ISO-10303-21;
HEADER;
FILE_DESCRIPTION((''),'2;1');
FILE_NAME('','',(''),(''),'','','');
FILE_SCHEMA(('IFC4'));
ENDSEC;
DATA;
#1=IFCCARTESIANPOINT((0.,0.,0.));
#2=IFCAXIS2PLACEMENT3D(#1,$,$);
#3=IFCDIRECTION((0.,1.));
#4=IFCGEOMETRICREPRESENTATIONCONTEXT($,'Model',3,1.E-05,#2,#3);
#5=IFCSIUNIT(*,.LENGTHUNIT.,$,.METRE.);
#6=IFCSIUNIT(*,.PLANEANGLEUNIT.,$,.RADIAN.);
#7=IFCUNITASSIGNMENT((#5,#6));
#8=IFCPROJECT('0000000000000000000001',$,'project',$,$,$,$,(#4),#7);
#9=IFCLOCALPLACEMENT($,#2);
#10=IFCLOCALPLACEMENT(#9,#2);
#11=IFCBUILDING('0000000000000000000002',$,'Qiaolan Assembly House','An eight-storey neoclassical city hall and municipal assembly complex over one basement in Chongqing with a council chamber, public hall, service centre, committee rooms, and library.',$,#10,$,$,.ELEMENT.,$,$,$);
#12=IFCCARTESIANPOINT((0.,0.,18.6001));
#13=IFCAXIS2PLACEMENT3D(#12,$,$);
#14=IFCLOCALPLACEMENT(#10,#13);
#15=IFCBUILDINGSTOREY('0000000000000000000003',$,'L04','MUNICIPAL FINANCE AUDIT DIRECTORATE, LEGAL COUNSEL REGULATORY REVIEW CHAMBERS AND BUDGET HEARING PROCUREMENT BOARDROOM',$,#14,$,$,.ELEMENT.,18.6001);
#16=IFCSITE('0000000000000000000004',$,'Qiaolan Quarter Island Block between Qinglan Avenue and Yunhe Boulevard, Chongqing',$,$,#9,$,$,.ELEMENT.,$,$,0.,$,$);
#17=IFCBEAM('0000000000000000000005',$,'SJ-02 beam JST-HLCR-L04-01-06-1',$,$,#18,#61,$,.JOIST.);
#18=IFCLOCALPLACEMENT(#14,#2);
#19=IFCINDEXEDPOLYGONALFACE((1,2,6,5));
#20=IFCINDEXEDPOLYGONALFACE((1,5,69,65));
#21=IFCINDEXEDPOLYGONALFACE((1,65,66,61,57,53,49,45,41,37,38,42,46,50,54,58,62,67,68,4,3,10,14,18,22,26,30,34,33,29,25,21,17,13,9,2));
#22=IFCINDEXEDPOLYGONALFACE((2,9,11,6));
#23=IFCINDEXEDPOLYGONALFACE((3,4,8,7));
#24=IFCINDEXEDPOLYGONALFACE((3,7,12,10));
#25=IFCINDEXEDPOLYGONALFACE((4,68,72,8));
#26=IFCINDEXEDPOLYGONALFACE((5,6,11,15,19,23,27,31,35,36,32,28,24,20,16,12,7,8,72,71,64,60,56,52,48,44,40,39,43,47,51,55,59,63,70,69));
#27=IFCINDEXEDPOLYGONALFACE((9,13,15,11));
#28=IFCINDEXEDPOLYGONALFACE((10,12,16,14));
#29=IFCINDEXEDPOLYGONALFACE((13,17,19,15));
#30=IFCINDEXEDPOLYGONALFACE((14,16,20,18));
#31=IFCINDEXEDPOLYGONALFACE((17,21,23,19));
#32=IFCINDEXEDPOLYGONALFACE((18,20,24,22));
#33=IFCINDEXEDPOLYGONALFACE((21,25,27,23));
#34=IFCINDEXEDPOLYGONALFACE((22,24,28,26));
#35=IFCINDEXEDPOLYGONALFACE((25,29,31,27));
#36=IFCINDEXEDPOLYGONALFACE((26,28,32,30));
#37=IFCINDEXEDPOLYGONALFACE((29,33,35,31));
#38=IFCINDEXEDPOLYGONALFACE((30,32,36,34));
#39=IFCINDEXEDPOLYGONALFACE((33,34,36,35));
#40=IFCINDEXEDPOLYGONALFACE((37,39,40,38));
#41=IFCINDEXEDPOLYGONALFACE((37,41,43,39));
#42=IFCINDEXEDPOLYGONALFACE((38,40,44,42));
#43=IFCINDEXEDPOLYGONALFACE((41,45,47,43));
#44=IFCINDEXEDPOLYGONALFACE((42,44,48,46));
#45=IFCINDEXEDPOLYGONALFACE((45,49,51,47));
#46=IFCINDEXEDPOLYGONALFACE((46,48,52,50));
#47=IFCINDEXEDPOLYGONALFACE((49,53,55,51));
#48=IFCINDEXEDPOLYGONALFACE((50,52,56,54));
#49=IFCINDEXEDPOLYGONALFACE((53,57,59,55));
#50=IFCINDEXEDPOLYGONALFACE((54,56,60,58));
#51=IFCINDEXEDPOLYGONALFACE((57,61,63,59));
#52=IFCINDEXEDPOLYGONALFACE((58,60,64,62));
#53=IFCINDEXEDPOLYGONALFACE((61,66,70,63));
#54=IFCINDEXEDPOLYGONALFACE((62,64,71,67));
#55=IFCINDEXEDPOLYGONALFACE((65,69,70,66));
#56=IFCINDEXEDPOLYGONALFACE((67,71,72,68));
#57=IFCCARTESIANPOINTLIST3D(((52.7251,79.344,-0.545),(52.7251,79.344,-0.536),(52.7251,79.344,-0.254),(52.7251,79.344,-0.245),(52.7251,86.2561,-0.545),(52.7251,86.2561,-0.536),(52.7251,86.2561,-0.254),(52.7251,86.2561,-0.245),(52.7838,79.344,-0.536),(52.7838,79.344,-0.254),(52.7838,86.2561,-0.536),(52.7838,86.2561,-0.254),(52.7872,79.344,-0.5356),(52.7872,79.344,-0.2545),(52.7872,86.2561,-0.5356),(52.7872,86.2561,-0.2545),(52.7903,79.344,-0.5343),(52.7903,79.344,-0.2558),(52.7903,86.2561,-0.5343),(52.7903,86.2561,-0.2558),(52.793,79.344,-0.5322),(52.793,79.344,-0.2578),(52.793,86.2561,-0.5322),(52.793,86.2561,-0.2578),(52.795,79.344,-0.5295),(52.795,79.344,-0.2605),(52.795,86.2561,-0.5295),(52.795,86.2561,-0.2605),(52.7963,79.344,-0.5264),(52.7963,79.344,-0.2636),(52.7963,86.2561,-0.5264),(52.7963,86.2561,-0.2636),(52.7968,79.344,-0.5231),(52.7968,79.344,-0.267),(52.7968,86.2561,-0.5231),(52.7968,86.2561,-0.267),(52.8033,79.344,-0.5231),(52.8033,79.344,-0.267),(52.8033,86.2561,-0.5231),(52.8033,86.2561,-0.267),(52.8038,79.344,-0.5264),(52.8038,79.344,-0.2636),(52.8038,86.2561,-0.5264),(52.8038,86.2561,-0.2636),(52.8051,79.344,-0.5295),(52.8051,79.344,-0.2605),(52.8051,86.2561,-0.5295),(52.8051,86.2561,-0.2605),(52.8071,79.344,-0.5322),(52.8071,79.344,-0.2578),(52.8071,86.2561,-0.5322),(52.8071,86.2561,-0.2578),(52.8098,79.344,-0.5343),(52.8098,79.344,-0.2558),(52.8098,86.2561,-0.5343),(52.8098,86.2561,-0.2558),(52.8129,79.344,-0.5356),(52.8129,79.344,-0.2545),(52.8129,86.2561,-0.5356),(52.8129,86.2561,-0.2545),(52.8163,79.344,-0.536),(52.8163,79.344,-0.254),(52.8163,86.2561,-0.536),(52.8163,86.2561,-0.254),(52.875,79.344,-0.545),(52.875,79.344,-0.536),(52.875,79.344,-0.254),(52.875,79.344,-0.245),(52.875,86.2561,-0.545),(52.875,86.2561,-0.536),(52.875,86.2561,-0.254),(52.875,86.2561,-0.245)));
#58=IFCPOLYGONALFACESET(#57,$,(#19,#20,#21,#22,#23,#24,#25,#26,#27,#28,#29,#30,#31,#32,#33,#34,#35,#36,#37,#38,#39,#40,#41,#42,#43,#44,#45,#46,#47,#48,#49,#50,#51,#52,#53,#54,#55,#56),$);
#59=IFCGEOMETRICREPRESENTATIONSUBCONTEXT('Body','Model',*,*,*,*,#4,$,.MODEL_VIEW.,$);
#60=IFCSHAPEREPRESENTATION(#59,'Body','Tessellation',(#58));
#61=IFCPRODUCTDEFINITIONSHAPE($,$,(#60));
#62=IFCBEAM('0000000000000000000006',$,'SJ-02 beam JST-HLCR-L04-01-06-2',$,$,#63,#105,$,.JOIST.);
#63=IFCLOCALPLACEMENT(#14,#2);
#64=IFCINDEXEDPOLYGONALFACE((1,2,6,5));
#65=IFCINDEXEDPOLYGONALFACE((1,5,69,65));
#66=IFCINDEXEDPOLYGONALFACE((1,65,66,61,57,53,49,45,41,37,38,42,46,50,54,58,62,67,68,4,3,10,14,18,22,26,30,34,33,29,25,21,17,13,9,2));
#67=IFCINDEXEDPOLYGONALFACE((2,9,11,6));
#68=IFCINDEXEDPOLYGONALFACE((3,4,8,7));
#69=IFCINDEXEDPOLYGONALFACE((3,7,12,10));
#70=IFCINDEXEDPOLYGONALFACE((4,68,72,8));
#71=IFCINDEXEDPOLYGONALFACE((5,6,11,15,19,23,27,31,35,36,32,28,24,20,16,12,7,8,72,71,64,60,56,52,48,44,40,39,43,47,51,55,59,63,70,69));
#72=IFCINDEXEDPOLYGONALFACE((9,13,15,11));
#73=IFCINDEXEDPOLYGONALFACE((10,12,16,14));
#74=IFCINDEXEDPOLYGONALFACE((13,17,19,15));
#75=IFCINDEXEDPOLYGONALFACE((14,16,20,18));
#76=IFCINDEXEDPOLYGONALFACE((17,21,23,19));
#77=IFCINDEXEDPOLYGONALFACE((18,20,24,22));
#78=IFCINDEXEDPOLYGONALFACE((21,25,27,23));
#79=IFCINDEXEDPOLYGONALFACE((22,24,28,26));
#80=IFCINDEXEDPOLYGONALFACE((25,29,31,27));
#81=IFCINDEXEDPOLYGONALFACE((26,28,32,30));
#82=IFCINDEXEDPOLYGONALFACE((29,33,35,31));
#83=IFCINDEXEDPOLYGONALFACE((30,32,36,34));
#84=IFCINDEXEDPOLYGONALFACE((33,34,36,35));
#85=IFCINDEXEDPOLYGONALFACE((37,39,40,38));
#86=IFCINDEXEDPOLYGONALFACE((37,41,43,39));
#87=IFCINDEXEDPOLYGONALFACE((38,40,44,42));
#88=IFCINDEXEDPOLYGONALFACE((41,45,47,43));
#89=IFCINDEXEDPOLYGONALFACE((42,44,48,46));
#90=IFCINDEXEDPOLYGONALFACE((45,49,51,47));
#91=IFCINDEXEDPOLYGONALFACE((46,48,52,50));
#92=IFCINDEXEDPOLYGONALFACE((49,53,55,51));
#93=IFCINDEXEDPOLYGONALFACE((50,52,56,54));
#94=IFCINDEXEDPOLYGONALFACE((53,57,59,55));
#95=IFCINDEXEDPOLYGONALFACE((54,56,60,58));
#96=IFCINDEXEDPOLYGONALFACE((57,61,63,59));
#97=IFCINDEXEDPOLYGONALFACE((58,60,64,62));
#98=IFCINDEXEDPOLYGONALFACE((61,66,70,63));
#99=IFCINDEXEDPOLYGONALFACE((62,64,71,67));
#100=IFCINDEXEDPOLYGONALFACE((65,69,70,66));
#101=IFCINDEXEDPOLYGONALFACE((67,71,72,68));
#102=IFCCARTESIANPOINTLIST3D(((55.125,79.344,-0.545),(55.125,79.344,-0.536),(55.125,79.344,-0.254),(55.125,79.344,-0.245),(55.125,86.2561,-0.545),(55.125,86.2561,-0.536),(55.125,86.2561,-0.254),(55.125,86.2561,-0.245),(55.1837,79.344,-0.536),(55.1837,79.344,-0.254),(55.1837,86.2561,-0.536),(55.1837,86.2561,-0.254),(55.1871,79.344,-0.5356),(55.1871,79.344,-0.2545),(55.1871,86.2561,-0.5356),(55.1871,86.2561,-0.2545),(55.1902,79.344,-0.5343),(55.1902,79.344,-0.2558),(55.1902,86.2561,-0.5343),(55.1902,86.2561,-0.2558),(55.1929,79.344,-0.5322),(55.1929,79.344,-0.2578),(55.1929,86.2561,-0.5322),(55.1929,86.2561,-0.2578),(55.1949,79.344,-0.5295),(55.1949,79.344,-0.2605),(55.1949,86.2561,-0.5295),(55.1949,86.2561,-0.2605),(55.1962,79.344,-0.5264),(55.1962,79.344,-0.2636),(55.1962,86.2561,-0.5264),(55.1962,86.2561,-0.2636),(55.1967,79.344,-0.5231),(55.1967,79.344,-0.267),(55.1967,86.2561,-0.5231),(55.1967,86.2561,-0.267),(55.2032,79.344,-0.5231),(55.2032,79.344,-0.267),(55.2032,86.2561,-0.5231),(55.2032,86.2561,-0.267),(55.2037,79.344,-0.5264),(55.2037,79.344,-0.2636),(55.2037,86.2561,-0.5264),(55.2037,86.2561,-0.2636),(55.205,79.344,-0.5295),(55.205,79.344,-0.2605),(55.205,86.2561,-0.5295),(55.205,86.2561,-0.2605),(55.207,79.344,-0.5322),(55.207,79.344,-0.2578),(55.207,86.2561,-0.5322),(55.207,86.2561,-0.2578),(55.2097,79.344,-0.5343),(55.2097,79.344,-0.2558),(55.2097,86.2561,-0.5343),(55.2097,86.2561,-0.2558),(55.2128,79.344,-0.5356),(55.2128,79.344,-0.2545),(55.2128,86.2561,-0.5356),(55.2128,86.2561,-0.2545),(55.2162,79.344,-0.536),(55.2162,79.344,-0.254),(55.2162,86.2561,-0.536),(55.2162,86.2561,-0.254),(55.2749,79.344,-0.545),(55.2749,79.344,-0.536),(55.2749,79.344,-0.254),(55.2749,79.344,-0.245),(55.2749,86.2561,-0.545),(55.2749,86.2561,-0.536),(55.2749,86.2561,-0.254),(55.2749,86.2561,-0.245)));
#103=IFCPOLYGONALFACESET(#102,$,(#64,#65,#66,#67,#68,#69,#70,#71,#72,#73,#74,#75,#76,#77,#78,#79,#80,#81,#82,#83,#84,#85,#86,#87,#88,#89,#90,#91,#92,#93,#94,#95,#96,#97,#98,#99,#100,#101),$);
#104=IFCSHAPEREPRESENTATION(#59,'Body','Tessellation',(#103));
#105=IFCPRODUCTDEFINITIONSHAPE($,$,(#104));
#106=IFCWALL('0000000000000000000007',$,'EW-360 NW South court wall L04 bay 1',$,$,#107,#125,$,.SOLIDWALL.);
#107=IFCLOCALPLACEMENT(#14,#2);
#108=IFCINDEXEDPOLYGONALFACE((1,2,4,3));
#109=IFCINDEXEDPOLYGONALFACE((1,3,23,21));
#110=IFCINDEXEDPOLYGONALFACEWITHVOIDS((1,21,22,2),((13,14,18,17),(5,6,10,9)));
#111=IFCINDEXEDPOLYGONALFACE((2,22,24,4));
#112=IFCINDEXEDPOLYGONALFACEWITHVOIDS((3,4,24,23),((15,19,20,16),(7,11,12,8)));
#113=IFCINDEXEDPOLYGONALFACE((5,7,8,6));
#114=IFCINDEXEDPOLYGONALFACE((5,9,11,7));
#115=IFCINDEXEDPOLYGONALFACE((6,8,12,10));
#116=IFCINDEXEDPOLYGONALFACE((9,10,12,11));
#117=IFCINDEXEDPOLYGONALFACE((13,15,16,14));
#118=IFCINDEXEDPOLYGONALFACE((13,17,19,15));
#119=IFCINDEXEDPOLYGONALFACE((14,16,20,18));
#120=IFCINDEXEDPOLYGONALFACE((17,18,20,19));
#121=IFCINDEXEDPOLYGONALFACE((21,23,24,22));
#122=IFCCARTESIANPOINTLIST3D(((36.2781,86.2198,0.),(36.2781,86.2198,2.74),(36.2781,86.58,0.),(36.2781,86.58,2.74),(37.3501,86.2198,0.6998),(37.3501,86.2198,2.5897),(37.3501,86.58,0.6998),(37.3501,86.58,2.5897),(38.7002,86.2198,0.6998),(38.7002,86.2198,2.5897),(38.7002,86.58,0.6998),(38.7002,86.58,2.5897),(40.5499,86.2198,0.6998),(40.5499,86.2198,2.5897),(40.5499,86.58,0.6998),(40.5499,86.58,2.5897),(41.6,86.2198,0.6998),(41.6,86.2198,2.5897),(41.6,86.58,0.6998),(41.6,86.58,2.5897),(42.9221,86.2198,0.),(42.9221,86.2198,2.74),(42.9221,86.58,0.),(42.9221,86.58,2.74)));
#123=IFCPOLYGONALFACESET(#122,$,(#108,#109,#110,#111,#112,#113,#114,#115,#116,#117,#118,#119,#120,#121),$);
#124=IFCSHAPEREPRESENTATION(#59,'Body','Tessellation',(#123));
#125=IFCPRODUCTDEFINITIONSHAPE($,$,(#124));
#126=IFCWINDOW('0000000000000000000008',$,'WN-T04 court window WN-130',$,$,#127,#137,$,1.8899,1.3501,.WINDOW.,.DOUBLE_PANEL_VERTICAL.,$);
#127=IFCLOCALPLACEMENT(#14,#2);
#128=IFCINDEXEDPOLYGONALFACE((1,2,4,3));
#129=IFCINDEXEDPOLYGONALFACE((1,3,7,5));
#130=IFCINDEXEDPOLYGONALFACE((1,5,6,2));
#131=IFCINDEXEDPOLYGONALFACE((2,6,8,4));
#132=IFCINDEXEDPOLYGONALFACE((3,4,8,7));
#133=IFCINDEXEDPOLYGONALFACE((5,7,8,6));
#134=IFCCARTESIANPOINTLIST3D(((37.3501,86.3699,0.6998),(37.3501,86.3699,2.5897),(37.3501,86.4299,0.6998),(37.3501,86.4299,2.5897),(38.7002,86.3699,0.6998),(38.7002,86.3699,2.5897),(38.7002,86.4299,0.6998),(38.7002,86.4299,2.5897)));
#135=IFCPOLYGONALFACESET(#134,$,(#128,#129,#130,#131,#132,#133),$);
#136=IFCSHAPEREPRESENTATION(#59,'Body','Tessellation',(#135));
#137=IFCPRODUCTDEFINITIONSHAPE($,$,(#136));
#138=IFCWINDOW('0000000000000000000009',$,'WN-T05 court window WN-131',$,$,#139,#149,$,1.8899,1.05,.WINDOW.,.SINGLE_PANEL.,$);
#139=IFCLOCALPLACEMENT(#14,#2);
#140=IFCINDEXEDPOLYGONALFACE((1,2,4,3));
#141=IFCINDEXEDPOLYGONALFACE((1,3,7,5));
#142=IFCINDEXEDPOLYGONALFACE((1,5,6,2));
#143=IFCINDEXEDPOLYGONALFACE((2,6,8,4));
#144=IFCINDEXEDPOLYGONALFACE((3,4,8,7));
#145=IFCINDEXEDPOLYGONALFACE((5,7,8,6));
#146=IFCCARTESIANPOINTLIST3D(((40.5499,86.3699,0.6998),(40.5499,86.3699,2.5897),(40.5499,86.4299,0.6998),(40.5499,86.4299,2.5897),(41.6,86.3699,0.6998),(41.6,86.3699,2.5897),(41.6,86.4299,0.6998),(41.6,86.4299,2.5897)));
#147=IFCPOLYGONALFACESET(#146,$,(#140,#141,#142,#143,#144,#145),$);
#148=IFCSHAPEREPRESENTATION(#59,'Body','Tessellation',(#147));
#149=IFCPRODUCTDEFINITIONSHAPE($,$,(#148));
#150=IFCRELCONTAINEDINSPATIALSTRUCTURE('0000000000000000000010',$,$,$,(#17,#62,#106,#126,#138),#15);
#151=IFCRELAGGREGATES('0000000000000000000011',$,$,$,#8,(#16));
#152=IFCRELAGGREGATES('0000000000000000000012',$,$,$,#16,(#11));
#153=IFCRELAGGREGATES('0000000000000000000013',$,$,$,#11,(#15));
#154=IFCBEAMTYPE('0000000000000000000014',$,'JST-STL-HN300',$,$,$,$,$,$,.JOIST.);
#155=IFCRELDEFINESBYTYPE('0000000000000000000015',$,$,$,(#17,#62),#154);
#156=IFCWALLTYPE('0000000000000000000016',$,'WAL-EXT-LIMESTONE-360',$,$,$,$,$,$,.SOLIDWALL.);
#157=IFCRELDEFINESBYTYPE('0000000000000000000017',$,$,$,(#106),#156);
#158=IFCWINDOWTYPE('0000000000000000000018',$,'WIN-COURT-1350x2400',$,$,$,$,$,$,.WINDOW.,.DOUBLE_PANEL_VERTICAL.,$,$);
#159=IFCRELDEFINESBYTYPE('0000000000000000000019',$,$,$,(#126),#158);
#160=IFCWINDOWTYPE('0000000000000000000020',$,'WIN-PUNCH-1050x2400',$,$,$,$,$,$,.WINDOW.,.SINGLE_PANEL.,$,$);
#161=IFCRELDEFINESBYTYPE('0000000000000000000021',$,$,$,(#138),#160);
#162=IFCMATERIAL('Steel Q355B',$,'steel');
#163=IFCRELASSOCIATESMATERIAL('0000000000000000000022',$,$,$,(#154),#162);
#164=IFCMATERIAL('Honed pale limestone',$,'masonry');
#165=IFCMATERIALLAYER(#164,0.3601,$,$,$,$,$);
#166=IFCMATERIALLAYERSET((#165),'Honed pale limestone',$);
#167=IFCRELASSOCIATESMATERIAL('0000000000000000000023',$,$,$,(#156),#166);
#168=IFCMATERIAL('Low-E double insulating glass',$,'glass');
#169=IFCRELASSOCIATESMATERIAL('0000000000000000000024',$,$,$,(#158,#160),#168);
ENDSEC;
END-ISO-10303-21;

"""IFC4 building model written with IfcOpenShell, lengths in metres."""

from ifc_helpers import new_model, si_unit, direction, frame, frame_2d, origin, origin_2d, place, context, subcontext, project, spatial, rectangle, i_section, extrude, material, layer, layer_set, material_profile, profile_set, type_object, element, fill, save


model = new_model("IFC4")

# Units and contexts
model_context = context("Model", 3, precision=1e-05, world=origin(), true_north=direction((0.0, 1.0)))
body_context = subcontext(model_context, "Body", "Model", "MODEL_VIEW")
ifc_project = project(units=[si_unit("LENGTHUNIT", "METRE"), si_unit("PLANEANGLEUNIT", "RADIAN")], contexts=[model_context])

# Site, building, storey
site_placement = place(None, origin())
site = spatial("IfcSite", under=ifc_project, at=site_placement, Name="Qiaolan Quarter Island Block between Qinglan Avenue and Yunhe Boulevard, Chongqing", CompositionType="ELEMENT", RefElevation=0.0)
building_placement = place(site_placement, origin())
building = spatial("IfcBuilding", under=site, at=building_placement, Name="Qiaolan Assembly House", Description="An eight-storey neoclassical city hall and municipal assembly complex over one basement in Chongqing with a council chamber, public hall, service centre, committee rooms, and library.", CompositionType="ELEMENT")
storey_placement = place(building_placement, frame((0.0, 0.0, 18.6001)))
storey = spatial("IfcBuildingStorey", under=building, at=storey_placement, Name="L04", Description="MUNICIPAL FINANCE AUDIT DIRECTORATE, LEGAL COUNSEL REGULATORY REVIEW CHAMBERS AND BUDGET HEARING PROCUREMENT BOARDROOM", CompositionType="ELEMENT", Elevation=18.6001)

# Beams
ifc_material_1 = material(Name="Steel Q355B", Category="steel")
ifc_material_profile_1 = material_profile(ifc_material_1, i_section(OverallWidth=0.1499, OverallDepth=0.3, WebThickness=0.0066, FlangeThickness=0.009, FilletRadius=0.0129, at=origin_2d()), Name="HN 300x150x6.5x9")
ifc_profile_set_1 = profile_set([ifc_material_profile_1], Name="Steel Q355B")
beam_type_1 = type_object("IfcBeamType", Name="JST-STL-HN300", PredefinedType="JOIST", material=ifc_profile_set_1)
for number, where, z_axis, x_axis, name in (
    (1, (52.8, 79.344, -0.395), (0.0, 1.0, 0.0), (-1.0, 0.0, 0.0), "SJ-02 beam JST-HLCR-L04-01-06-1"),
    (2, (55.2, 79.344, -0.395), (0.0, 1.0, 0.0), (-1.0, 0.0, 0.0), "SJ-02 beam JST-HLCR-L04-01-06-2"),
):
    element("IfcBeam", number, at=place(storey_placement, frame(where, z_axis=z_axis, x_axis=x_axis)), inside=storey, type_object=beam_type_1, Name=name, PredefinedType="JOIST", context=body_context, shape_type="SweptSolid", body=[
        extrude(i_section(OverallWidth=0.1499, OverallDepth=0.3, WebThickness=0.0066, FlangeThickness=0.009, FilletRadius=0.0129, at=origin_2d()), origin(), (0.0, 0.0, 1.0), 6.9121),
    ])

# Wall, openings, windows
ifc_material_2 = material(Name="Honed pale limestone", Category="masonry")
ifc_layer = layer(ifc_material_2, 0.3601)
ifc_layer_set = layer_set([ifc_layer], Name="Honed pale limestone")
wall_type = type_object("IfcWallType", Name="WAL-EXT-LIMESTONE-360", PredefinedType="SOLIDWALL", material=ifc_layer_set)
wall_1_placement = place(storey_placement, frame((36.2781, 86.3999, 0.0), z_axis=(0.0, 0.0, 1.0), x_axis=(1.0, 0.0, 0.0)))
wall_1 = element("IfcWall", 3, at=wall_1_placement, inside=storey, type_object=wall_type, Name="EW-360 NW South court wall L04 bay 1", PredefinedType="SOLIDWALL", context=body_context, shape_type="SweptSolid", body=[
    extrude(rectangle(XDim=6.644, YDim=0.3601, at=frame_2d((3.322, 0.0))), origin(), (0.0, 0.0, 1.0), 2.74),
])
opening_1_placement = place(wall_1_placement, frame((1.072, 0.0, 0.7)))
opening_1 = element("IfcOpeningElement", 4, at=opening_1_placement, cuts=wall_1, PredefinedType="OPENING", context=body_context, shape_type="SweptSolid", body=[
    extrude(rectangle(XDim=1.3501, YDim=1.8899, at=frame_2d((0.675, 0.9448))), frame((0.0, 0.1899, 0.0), z_axis=(0.0, -1.0, 0.0), x_axis=(1.0, 0.0, 0.0)), (0.0, 0.0, 1.0), 0.3801),
])
opening_2_placement = place(wall_1_placement, frame((4.272, 0.0, 0.7)))
opening_2 = element("IfcOpeningElement", 5, at=opening_2_placement, cuts=wall_1, PredefinedType="OPENING", context=body_context, shape_type="SweptSolid", body=[
    extrude(rectangle(XDim=1.05, YDim=1.8899, at=frame_2d((0.5249, 0.9448))), frame((0.0, 0.1899, 0.0), z_axis=(0.0, -1.0, 0.0), x_axis=(1.0, 0.0, 0.0)), (0.0, 0.0, 1.0), 0.3801),
])
ifc_material_3 = material(Name="Low-E double insulating glass", Category="glass")
window_type_1 = type_object("IfcWindowType", Name="WIN-COURT-1350x2400", PartitioningType="DOUBLE_PANEL_VERTICAL", PredefinedType="WINDOW", material=ifc_material_3)
window_1_placement = place(opening_1_placement, origin())
window_1 = element("IfcWindow", 6, at=window_1_placement, inside=storey, type_object=window_type_1, Name="WN-T04 court window WN-130", OverallHeight=1.8899, OverallWidth=1.3501, PartitioningType="DOUBLE_PANEL_VERTICAL", PredefinedType="WINDOW", context=body_context, shape_type="SweptSolid", body=[
    extrude(rectangle(XDim=1.3501, YDim=1.8899, at=frame_2d((0.675, 0.9448))), frame((0.0, 0.03, 0.0), z_axis=(0.0, -1.0, 0.0), x_axis=(1.0, 0.0, 0.0)), (0.0, 0.0, 1.0), 0.0601),
])
fill(opening_1, window_1)
window_type_2 = type_object("IfcWindowType", Name="WIN-PUNCH-1050x2400", PartitioningType="SINGLE_PANEL", PredefinedType="WINDOW", material=ifc_material_3)
window_2_placement = place(opening_2_placement, origin())
window_2 = element("IfcWindow", 7, at=window_2_placement, inside=storey, type_object=window_type_2, Name="WN-T05 court window WN-131", OverallHeight=1.8899, OverallWidth=1.05, PartitioningType="SINGLE_PANEL", PredefinedType="WINDOW", context=body_context, shape_type="SweptSolid", body=[
    extrude(rectangle(XDim=1.05, YDim=1.8899, at=frame_2d((0.5249, 0.9448))), frame((0.0, 0.03, 0.0), z_axis=(0.0, -1.0, 0.0), x_axis=(1.0, 0.0, 0.0)), (0.0, 0.0, 1.0), 0.0601),
])
fill(opening_2, window_2)

save(model, "model.ifc")
